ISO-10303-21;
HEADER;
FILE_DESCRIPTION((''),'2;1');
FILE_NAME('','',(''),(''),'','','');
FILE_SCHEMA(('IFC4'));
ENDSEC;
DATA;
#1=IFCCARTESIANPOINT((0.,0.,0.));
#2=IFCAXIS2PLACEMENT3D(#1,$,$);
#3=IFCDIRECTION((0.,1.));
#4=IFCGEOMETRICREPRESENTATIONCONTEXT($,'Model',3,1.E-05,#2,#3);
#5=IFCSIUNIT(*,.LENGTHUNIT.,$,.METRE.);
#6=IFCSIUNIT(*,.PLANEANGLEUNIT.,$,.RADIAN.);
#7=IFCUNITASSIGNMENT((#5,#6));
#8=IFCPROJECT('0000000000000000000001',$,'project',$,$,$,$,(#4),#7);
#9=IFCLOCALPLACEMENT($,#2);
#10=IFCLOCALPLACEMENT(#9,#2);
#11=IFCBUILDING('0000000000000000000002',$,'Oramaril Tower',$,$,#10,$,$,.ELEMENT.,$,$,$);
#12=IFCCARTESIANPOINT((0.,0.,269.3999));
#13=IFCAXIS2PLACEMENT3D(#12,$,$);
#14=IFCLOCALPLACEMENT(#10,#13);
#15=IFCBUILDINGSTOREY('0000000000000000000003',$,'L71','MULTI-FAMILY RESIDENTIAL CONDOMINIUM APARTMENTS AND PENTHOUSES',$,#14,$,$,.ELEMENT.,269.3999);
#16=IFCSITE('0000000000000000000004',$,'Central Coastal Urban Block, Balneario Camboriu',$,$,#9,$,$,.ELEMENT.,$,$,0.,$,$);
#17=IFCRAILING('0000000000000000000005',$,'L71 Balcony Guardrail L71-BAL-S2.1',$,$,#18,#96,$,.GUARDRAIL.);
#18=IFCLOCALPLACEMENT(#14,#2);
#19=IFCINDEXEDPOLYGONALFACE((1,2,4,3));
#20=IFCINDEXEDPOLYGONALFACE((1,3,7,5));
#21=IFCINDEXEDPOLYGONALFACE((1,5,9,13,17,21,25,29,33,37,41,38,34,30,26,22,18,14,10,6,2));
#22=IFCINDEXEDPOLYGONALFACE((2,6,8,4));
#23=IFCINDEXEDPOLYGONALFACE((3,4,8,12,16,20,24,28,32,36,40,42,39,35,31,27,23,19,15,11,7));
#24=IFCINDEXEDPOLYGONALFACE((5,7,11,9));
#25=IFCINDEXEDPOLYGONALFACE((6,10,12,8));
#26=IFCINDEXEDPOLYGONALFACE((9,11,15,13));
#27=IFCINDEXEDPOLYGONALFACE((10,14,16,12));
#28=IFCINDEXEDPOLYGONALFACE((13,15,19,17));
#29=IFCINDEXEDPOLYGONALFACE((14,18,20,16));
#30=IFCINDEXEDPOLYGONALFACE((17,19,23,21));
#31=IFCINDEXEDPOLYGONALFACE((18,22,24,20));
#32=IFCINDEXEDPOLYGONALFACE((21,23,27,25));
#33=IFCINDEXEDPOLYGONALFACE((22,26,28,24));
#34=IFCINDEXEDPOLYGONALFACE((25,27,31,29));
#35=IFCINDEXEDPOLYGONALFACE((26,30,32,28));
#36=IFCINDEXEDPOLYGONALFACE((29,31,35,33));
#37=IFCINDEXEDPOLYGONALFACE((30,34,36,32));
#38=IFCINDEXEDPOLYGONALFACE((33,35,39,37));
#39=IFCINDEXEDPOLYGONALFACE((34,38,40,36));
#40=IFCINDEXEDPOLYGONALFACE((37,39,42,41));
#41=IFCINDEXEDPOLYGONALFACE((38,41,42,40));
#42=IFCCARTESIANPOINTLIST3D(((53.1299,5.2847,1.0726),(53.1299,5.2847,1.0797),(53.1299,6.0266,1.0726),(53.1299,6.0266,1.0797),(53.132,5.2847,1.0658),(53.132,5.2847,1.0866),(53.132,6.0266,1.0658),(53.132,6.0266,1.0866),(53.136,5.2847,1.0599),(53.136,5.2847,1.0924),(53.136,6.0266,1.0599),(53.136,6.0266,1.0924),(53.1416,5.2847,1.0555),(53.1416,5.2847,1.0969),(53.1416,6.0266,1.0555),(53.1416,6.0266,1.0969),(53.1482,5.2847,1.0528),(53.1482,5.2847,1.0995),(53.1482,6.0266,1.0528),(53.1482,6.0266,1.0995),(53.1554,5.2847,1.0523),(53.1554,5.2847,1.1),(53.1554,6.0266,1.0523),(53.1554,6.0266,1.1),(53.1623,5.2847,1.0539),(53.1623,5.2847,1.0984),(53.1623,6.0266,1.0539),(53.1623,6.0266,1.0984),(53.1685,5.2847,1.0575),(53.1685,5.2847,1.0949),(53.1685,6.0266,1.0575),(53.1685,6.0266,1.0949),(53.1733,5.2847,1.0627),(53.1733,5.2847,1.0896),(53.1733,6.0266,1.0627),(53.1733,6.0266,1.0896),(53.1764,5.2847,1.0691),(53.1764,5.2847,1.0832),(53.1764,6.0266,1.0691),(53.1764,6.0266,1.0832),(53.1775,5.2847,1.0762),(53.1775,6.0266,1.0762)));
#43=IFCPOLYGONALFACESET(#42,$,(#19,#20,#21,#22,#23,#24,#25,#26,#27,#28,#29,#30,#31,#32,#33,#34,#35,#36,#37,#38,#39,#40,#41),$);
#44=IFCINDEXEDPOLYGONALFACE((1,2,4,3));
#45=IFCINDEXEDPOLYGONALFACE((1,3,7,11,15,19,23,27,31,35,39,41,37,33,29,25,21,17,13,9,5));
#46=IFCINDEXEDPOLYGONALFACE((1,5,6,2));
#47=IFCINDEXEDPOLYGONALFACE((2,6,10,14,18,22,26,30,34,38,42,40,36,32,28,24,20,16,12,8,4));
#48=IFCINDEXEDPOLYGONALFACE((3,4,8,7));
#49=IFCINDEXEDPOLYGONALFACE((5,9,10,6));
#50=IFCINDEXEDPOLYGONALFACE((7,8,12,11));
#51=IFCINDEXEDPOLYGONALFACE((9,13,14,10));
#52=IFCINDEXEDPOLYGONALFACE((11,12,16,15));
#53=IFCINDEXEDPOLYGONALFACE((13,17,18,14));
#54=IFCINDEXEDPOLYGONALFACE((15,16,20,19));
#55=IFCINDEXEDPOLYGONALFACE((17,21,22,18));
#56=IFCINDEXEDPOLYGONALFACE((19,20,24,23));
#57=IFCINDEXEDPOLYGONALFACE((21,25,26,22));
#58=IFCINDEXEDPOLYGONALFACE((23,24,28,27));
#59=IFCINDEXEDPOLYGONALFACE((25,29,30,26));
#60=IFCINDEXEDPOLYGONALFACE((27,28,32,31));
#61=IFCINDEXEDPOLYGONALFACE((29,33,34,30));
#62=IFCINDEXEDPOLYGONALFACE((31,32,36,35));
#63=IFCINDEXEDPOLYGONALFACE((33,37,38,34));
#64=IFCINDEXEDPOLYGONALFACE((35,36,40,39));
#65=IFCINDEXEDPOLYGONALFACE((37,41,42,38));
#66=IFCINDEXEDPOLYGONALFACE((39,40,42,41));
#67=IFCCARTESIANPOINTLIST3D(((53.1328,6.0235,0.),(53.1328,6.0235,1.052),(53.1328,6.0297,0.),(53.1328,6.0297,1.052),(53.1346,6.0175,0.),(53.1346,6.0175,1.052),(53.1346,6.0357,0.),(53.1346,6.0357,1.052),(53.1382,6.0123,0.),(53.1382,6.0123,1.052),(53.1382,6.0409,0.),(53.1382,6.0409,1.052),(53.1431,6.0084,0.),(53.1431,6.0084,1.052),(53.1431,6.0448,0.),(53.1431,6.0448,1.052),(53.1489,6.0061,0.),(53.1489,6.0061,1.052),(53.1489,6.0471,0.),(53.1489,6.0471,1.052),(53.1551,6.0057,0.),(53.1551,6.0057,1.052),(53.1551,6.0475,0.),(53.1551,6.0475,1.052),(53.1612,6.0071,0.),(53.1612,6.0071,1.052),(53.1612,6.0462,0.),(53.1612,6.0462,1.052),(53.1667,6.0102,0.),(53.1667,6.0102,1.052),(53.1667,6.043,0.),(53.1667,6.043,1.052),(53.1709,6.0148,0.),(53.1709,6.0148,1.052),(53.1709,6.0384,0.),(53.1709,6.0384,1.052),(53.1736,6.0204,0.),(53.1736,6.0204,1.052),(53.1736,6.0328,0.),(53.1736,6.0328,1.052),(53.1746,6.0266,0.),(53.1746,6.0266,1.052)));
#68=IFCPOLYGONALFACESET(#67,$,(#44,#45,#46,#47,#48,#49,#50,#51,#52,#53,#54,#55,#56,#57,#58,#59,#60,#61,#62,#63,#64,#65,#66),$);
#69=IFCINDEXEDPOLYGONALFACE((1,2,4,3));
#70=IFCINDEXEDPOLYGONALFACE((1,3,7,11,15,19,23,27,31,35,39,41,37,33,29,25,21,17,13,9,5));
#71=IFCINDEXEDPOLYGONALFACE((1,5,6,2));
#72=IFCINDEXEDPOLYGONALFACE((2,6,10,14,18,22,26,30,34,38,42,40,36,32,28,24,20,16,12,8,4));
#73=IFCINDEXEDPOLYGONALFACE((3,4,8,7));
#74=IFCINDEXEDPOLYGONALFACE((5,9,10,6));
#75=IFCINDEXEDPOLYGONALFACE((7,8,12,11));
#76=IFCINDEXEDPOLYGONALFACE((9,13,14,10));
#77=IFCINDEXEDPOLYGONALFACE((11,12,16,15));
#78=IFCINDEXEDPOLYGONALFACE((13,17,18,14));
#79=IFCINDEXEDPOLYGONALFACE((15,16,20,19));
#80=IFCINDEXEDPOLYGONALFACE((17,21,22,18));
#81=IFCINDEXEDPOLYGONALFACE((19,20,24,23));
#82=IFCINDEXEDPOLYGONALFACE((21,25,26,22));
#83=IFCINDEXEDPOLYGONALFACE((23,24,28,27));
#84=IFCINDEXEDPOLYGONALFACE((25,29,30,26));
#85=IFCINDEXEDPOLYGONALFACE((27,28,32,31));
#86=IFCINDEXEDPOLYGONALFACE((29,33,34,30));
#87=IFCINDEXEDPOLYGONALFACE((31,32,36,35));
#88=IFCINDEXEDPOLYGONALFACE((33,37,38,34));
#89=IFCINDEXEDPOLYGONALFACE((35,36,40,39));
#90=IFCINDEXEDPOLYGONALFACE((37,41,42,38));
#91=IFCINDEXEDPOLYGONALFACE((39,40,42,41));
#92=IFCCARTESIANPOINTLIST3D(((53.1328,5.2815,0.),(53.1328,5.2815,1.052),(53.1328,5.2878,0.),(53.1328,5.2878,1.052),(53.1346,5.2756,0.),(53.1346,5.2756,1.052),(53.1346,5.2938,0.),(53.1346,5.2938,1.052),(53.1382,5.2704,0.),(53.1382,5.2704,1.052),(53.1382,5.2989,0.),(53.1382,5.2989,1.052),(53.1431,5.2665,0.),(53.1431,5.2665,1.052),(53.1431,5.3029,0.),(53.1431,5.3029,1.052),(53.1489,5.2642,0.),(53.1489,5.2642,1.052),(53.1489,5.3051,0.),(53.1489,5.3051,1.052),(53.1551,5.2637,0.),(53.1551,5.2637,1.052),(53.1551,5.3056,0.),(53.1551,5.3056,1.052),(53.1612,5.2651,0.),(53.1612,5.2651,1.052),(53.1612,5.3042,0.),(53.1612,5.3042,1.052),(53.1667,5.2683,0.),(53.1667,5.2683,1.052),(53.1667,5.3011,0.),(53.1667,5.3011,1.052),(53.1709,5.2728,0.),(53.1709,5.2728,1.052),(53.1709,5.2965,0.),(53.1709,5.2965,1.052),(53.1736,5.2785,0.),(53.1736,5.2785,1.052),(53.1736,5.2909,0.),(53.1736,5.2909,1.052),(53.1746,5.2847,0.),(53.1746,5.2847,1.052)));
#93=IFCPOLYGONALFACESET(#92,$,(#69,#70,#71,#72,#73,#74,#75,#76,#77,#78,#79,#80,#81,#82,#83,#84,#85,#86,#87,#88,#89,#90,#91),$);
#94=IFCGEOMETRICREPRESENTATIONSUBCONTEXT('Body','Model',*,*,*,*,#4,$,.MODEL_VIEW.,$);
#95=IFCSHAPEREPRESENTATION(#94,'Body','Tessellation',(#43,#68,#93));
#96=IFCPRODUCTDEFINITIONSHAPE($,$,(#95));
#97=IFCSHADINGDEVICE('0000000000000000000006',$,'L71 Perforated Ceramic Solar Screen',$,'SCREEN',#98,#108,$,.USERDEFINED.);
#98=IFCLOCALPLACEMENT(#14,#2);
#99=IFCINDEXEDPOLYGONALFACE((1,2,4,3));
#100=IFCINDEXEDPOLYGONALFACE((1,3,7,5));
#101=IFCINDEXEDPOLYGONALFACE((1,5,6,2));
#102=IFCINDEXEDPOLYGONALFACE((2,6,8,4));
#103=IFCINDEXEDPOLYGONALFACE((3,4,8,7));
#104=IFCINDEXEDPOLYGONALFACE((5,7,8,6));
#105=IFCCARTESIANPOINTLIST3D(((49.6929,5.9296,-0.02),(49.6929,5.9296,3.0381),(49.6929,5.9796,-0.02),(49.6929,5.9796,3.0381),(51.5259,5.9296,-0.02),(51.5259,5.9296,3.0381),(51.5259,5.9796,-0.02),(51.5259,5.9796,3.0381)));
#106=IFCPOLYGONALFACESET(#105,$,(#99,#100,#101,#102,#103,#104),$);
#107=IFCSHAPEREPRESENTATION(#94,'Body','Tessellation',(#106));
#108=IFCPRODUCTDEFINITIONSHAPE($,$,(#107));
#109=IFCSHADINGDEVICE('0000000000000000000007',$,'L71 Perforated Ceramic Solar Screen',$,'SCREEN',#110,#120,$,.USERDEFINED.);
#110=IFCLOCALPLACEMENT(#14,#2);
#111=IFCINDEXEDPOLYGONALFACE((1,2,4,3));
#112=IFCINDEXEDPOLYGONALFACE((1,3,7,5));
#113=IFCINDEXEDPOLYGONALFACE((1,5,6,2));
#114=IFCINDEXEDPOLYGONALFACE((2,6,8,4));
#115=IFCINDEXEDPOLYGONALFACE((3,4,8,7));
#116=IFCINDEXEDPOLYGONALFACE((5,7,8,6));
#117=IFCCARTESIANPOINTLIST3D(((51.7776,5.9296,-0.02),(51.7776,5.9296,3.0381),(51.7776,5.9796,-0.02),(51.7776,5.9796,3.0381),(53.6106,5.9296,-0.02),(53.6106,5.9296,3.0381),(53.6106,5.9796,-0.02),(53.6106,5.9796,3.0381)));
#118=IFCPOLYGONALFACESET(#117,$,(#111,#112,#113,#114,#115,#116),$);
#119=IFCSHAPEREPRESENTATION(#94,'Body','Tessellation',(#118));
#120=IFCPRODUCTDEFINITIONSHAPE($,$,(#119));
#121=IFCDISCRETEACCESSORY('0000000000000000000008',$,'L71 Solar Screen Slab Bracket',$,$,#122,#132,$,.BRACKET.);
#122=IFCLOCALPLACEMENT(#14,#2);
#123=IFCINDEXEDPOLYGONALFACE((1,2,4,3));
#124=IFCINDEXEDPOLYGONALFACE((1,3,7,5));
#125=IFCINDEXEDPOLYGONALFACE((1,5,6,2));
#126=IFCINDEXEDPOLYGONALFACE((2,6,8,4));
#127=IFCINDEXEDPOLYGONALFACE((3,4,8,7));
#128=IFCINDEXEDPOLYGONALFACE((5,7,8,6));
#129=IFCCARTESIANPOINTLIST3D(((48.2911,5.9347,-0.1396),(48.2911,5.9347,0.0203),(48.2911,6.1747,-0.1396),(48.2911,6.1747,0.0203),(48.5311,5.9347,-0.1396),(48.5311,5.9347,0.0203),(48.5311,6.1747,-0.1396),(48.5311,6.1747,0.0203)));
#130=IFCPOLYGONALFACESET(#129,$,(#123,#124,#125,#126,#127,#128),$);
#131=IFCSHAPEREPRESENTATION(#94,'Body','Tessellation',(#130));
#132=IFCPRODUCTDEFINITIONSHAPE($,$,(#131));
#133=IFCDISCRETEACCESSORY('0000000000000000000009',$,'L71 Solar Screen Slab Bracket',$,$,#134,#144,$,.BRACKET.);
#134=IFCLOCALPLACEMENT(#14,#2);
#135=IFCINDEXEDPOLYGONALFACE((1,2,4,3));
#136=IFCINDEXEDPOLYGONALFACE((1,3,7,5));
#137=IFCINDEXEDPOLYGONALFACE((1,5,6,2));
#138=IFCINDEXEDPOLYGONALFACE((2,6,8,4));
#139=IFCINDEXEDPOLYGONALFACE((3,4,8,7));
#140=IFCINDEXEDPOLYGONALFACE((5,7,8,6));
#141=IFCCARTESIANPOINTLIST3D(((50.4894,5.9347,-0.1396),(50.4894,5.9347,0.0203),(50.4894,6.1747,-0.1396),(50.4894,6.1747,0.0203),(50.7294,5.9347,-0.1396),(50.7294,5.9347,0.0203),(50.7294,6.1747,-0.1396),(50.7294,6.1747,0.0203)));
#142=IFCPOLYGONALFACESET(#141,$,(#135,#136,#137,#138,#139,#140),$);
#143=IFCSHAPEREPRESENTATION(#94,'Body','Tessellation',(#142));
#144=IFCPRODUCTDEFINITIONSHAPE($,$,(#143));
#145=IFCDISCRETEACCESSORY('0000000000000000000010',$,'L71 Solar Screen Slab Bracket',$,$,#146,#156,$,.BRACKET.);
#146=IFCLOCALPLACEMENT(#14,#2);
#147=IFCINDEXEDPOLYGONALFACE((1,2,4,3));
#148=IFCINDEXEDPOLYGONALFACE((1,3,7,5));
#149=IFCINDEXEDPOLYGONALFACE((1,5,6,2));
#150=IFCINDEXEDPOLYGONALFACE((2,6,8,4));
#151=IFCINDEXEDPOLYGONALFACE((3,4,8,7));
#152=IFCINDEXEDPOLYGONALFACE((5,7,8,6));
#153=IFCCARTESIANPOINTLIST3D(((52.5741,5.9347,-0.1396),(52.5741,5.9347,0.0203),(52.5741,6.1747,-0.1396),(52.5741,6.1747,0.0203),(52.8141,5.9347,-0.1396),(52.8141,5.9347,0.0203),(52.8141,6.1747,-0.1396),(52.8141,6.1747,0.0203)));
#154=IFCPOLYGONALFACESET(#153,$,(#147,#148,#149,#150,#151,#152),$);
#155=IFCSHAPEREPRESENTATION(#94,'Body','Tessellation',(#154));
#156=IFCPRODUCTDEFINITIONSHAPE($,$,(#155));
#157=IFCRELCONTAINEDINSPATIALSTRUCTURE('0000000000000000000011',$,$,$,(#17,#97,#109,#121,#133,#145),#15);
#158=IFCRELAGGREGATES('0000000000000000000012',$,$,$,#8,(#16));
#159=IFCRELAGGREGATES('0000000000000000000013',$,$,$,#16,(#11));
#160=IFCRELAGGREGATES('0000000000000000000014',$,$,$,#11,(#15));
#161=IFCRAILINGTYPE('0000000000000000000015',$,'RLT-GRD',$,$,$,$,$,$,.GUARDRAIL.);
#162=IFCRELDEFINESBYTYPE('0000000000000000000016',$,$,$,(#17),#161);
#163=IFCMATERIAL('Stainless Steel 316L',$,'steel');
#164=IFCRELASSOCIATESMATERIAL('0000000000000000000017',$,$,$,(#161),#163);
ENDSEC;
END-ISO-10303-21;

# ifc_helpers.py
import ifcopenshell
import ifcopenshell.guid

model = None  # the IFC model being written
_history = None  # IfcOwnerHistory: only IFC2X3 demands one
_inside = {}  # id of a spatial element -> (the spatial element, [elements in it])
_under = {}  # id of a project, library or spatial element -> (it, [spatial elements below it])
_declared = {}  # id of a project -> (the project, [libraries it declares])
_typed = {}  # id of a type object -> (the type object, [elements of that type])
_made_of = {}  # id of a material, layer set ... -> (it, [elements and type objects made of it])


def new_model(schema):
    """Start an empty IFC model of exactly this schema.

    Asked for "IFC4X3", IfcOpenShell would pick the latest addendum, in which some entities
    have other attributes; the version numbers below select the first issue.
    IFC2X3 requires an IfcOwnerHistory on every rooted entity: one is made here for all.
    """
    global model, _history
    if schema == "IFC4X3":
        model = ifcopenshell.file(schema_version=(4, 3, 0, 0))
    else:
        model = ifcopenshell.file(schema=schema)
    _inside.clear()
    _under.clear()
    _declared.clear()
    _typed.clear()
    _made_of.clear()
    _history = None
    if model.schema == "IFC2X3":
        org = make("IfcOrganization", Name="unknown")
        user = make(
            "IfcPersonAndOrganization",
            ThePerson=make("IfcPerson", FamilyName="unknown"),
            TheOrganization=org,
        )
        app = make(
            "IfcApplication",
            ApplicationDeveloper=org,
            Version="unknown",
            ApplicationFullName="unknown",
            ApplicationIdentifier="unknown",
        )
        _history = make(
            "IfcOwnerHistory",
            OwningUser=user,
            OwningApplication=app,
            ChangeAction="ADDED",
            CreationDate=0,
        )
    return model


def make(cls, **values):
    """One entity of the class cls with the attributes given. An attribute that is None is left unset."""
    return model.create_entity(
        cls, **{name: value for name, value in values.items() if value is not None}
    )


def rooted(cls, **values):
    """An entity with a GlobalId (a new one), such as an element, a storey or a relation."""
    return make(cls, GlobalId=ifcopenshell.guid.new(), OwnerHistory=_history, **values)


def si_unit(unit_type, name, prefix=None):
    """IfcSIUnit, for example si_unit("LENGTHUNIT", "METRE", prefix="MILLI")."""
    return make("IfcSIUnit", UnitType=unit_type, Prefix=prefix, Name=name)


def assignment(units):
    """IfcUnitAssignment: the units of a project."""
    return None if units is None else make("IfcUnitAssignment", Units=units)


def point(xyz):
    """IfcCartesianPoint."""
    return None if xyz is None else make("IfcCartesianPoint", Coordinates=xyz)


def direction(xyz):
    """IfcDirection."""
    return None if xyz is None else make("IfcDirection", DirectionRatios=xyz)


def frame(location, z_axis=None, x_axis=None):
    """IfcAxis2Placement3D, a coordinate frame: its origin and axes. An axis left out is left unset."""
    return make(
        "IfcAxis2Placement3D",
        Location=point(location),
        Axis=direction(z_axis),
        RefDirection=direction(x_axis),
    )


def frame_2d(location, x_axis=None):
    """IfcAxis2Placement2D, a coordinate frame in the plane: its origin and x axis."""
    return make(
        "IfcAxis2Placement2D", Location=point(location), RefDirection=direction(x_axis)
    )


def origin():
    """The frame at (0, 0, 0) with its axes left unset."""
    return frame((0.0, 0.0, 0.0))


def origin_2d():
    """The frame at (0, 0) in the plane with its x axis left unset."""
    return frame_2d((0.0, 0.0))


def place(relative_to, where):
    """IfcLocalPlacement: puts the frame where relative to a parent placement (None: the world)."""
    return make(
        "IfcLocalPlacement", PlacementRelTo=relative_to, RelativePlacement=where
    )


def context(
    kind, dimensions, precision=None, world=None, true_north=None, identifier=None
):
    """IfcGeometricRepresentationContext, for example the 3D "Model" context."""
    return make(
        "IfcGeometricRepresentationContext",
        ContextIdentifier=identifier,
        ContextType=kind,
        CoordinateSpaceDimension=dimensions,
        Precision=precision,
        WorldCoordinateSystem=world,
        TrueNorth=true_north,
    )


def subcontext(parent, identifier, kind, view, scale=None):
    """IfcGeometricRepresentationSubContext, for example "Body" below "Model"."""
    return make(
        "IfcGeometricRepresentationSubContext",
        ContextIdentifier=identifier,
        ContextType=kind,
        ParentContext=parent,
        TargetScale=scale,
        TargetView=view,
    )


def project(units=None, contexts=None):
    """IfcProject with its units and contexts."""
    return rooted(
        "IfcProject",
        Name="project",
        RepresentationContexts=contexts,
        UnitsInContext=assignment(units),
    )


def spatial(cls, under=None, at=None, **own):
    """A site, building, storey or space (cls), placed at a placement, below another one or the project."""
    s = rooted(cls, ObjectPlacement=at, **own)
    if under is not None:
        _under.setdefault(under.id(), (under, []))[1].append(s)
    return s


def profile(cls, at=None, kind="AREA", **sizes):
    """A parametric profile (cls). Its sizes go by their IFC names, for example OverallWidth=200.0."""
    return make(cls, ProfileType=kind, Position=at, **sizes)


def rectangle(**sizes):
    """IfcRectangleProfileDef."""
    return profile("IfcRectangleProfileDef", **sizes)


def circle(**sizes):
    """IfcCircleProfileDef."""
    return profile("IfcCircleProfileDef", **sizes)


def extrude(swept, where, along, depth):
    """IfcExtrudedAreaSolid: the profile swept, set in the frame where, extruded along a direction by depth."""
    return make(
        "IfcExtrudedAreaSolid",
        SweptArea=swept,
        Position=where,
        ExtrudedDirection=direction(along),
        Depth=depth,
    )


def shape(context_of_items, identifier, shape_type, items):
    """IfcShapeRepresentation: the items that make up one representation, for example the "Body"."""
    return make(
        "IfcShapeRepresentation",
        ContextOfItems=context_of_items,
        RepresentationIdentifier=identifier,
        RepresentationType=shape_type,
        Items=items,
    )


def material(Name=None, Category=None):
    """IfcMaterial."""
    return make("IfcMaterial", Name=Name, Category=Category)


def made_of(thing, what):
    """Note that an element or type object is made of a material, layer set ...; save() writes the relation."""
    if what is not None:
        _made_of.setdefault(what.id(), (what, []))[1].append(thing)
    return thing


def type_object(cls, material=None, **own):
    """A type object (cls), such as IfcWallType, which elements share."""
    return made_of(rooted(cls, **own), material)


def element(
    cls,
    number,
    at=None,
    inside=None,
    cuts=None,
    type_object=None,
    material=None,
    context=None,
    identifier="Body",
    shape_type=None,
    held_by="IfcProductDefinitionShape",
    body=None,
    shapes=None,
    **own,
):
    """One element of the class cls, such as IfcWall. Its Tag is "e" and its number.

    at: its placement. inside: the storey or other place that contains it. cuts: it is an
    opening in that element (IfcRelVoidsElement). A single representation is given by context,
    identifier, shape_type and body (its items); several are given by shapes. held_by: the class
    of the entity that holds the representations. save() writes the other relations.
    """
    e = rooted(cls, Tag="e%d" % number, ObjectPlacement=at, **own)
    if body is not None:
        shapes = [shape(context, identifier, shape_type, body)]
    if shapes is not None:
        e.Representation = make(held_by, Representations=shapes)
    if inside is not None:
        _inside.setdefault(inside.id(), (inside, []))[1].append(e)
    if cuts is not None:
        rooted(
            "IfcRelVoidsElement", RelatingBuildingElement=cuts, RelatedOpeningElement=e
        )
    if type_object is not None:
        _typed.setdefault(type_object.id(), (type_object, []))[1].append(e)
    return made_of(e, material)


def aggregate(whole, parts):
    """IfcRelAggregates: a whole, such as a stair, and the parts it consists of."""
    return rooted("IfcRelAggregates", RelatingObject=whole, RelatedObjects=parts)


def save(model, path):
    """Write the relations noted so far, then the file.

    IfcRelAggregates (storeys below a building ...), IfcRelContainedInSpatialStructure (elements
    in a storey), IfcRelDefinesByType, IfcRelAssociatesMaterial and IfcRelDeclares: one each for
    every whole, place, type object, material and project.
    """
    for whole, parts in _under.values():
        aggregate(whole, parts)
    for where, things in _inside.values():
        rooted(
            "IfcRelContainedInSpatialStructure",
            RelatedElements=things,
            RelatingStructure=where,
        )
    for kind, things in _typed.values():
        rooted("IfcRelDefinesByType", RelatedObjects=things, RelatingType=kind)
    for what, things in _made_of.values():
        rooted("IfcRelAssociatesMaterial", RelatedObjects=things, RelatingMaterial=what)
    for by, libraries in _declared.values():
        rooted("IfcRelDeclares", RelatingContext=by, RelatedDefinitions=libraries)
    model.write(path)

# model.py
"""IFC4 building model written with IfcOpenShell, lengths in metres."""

from ifc_helpers import new_model, si_unit, direction, frame, origin, origin_2d, place, context, subcontext, project, spatial, rectangle, circle, extrude, material, type_object, element, save


model = new_model("IFC4")

# Units and contexts
model_context = context("Model", 3, precision=1e-05, world=origin(), true_north=direction((0.0, 1.0)))
body_context = subcontext(model_context, "Body", "Model", "MODEL_VIEW")
ifc_project = project(units=[si_unit("LENGTHUNIT", "METRE"), si_unit("PLANEANGLEUNIT", "RADIAN")], contexts=[model_context])

# Site, building, storey
site_placement = place(None, origin())
site = spatial("IfcSite", under=ifc_project, at=site_placement, Name="Central Coastal Urban Block, Balneario Camboriu", CompositionType="ELEMENT", RefElevation=0.0)
building_placement = place(site_placement, origin())
building = spatial("IfcBuilding", under=site, at=building_placement, Name="Oramaril Tower", CompositionType="ELEMENT")
storey_placement = place(building_placement, frame((0.0, 0.0, 269.3999)))
storey = spatial("IfcBuildingStorey", under=building, at=storey_placement, Name="L71", Description="MULTI-FAMILY RESIDENTIAL CONDOMINIUM APARTMENTS AND PENTHOUSES", CompositionType="ELEMENT", Elevation=269.3999)

# Railing
ifc_material_1 = material(Name="Stainless Steel 316L", Category="steel")
railing_type = type_object("IfcRailingType", Name="RLT-GRD", PredefinedType="GUARDRAIL", material=ifc_material_1)
railing_1_placement = place(storey_placement, frame((53.1536, 6.0266, 0.0)))
element("IfcRailing", 1, at=railing_1_placement, inside=storey, type_object=railing_type, Name="L71 Balcony Guardrail L71-BAL-S2.1", PredefinedType="GUARDRAIL", context=body_context, shape_type="SweptSolid", body=[
    extrude(circle(Radius=0.0239, at=origin_2d()), frame((0.0, 0.0, 1.0762), z_axis=(0.0, -1.0, 0.0), x_axis=(1.0, 0.0, 0.0)), (0.0, 0.0, 1.0), 0.7419),
    extrude(circle(Radius=0.021, at=origin_2d()), origin(), (0.0, 0.0, 1.0), 1.052),
    extrude(circle(Radius=0.021, at=origin_2d()), frame((0.0, -0.7419, 0.0)), (0.0, 0.0, 1.0), 1.052),
])

# Shading devices
for number, where, z_axis, x_axis, name in (
    (2, (50.6094, 5.9546, -0.02), (0.0, 0.0, 1.0), (1.0, 0.0, 0.0), "L71 Perforated Ceramic Solar Screen"),
    (3, (52.6941, 5.9546, -0.02), (0.0, 0.0, 1.0), (1.0, 0.0, 0.0), "L71 Perforated Ceramic Solar Screen"),
):
    element("IfcShadingDevice", number, at=place(storey_placement, frame(where, z_axis=z_axis, x_axis=x_axis)), inside=storey, Name=name, ObjectType="SCREEN", PredefinedType="USERDEFINED", context=body_context, shape_type="SweptSolid", body=[
        extrude(rectangle(XDim=1.833, YDim=0.05, at=origin_2d()), origin(), (0.0, 0.0, 1.0), 3.0581),
    ])

# Discrete accessories
for number, where, z_axis, x_axis, name in (
    (4, (48.4111, 6.0547, -0.1396), (0.0, 0.0, 1.0), (1.0, 0.0, 0.0), "L71 Solar Screen Slab Bracket"),
    (5, (50.6094, 6.0547, -0.1396), (0.0, 0.0, 1.0), (1.0, 0.0, 0.0), "L71 Solar Screen Slab Bracket"),
    (6, (52.6941, 6.0547, -0.1396), (0.0, 0.0, 1.0), (1.0, 0.0, 0.0), "L71 Solar Screen Slab Bracket"),
):
    element("IfcDiscreteAccessory", number, at=place(storey_placement, frame(where, z_axis=z_axis, x_axis=x_axis)), inside=storey, Name=name, PredefinedType="BRACKET", context=body_context, shape_type="SweptSolid", body=[
        extrude(rectangle(XDim=0.24, YDim=0.24, at=origin_2d()), origin(), (0.0, 0.0, 1.0), 0.1599),
    ])

save(model, "model.ifc")
